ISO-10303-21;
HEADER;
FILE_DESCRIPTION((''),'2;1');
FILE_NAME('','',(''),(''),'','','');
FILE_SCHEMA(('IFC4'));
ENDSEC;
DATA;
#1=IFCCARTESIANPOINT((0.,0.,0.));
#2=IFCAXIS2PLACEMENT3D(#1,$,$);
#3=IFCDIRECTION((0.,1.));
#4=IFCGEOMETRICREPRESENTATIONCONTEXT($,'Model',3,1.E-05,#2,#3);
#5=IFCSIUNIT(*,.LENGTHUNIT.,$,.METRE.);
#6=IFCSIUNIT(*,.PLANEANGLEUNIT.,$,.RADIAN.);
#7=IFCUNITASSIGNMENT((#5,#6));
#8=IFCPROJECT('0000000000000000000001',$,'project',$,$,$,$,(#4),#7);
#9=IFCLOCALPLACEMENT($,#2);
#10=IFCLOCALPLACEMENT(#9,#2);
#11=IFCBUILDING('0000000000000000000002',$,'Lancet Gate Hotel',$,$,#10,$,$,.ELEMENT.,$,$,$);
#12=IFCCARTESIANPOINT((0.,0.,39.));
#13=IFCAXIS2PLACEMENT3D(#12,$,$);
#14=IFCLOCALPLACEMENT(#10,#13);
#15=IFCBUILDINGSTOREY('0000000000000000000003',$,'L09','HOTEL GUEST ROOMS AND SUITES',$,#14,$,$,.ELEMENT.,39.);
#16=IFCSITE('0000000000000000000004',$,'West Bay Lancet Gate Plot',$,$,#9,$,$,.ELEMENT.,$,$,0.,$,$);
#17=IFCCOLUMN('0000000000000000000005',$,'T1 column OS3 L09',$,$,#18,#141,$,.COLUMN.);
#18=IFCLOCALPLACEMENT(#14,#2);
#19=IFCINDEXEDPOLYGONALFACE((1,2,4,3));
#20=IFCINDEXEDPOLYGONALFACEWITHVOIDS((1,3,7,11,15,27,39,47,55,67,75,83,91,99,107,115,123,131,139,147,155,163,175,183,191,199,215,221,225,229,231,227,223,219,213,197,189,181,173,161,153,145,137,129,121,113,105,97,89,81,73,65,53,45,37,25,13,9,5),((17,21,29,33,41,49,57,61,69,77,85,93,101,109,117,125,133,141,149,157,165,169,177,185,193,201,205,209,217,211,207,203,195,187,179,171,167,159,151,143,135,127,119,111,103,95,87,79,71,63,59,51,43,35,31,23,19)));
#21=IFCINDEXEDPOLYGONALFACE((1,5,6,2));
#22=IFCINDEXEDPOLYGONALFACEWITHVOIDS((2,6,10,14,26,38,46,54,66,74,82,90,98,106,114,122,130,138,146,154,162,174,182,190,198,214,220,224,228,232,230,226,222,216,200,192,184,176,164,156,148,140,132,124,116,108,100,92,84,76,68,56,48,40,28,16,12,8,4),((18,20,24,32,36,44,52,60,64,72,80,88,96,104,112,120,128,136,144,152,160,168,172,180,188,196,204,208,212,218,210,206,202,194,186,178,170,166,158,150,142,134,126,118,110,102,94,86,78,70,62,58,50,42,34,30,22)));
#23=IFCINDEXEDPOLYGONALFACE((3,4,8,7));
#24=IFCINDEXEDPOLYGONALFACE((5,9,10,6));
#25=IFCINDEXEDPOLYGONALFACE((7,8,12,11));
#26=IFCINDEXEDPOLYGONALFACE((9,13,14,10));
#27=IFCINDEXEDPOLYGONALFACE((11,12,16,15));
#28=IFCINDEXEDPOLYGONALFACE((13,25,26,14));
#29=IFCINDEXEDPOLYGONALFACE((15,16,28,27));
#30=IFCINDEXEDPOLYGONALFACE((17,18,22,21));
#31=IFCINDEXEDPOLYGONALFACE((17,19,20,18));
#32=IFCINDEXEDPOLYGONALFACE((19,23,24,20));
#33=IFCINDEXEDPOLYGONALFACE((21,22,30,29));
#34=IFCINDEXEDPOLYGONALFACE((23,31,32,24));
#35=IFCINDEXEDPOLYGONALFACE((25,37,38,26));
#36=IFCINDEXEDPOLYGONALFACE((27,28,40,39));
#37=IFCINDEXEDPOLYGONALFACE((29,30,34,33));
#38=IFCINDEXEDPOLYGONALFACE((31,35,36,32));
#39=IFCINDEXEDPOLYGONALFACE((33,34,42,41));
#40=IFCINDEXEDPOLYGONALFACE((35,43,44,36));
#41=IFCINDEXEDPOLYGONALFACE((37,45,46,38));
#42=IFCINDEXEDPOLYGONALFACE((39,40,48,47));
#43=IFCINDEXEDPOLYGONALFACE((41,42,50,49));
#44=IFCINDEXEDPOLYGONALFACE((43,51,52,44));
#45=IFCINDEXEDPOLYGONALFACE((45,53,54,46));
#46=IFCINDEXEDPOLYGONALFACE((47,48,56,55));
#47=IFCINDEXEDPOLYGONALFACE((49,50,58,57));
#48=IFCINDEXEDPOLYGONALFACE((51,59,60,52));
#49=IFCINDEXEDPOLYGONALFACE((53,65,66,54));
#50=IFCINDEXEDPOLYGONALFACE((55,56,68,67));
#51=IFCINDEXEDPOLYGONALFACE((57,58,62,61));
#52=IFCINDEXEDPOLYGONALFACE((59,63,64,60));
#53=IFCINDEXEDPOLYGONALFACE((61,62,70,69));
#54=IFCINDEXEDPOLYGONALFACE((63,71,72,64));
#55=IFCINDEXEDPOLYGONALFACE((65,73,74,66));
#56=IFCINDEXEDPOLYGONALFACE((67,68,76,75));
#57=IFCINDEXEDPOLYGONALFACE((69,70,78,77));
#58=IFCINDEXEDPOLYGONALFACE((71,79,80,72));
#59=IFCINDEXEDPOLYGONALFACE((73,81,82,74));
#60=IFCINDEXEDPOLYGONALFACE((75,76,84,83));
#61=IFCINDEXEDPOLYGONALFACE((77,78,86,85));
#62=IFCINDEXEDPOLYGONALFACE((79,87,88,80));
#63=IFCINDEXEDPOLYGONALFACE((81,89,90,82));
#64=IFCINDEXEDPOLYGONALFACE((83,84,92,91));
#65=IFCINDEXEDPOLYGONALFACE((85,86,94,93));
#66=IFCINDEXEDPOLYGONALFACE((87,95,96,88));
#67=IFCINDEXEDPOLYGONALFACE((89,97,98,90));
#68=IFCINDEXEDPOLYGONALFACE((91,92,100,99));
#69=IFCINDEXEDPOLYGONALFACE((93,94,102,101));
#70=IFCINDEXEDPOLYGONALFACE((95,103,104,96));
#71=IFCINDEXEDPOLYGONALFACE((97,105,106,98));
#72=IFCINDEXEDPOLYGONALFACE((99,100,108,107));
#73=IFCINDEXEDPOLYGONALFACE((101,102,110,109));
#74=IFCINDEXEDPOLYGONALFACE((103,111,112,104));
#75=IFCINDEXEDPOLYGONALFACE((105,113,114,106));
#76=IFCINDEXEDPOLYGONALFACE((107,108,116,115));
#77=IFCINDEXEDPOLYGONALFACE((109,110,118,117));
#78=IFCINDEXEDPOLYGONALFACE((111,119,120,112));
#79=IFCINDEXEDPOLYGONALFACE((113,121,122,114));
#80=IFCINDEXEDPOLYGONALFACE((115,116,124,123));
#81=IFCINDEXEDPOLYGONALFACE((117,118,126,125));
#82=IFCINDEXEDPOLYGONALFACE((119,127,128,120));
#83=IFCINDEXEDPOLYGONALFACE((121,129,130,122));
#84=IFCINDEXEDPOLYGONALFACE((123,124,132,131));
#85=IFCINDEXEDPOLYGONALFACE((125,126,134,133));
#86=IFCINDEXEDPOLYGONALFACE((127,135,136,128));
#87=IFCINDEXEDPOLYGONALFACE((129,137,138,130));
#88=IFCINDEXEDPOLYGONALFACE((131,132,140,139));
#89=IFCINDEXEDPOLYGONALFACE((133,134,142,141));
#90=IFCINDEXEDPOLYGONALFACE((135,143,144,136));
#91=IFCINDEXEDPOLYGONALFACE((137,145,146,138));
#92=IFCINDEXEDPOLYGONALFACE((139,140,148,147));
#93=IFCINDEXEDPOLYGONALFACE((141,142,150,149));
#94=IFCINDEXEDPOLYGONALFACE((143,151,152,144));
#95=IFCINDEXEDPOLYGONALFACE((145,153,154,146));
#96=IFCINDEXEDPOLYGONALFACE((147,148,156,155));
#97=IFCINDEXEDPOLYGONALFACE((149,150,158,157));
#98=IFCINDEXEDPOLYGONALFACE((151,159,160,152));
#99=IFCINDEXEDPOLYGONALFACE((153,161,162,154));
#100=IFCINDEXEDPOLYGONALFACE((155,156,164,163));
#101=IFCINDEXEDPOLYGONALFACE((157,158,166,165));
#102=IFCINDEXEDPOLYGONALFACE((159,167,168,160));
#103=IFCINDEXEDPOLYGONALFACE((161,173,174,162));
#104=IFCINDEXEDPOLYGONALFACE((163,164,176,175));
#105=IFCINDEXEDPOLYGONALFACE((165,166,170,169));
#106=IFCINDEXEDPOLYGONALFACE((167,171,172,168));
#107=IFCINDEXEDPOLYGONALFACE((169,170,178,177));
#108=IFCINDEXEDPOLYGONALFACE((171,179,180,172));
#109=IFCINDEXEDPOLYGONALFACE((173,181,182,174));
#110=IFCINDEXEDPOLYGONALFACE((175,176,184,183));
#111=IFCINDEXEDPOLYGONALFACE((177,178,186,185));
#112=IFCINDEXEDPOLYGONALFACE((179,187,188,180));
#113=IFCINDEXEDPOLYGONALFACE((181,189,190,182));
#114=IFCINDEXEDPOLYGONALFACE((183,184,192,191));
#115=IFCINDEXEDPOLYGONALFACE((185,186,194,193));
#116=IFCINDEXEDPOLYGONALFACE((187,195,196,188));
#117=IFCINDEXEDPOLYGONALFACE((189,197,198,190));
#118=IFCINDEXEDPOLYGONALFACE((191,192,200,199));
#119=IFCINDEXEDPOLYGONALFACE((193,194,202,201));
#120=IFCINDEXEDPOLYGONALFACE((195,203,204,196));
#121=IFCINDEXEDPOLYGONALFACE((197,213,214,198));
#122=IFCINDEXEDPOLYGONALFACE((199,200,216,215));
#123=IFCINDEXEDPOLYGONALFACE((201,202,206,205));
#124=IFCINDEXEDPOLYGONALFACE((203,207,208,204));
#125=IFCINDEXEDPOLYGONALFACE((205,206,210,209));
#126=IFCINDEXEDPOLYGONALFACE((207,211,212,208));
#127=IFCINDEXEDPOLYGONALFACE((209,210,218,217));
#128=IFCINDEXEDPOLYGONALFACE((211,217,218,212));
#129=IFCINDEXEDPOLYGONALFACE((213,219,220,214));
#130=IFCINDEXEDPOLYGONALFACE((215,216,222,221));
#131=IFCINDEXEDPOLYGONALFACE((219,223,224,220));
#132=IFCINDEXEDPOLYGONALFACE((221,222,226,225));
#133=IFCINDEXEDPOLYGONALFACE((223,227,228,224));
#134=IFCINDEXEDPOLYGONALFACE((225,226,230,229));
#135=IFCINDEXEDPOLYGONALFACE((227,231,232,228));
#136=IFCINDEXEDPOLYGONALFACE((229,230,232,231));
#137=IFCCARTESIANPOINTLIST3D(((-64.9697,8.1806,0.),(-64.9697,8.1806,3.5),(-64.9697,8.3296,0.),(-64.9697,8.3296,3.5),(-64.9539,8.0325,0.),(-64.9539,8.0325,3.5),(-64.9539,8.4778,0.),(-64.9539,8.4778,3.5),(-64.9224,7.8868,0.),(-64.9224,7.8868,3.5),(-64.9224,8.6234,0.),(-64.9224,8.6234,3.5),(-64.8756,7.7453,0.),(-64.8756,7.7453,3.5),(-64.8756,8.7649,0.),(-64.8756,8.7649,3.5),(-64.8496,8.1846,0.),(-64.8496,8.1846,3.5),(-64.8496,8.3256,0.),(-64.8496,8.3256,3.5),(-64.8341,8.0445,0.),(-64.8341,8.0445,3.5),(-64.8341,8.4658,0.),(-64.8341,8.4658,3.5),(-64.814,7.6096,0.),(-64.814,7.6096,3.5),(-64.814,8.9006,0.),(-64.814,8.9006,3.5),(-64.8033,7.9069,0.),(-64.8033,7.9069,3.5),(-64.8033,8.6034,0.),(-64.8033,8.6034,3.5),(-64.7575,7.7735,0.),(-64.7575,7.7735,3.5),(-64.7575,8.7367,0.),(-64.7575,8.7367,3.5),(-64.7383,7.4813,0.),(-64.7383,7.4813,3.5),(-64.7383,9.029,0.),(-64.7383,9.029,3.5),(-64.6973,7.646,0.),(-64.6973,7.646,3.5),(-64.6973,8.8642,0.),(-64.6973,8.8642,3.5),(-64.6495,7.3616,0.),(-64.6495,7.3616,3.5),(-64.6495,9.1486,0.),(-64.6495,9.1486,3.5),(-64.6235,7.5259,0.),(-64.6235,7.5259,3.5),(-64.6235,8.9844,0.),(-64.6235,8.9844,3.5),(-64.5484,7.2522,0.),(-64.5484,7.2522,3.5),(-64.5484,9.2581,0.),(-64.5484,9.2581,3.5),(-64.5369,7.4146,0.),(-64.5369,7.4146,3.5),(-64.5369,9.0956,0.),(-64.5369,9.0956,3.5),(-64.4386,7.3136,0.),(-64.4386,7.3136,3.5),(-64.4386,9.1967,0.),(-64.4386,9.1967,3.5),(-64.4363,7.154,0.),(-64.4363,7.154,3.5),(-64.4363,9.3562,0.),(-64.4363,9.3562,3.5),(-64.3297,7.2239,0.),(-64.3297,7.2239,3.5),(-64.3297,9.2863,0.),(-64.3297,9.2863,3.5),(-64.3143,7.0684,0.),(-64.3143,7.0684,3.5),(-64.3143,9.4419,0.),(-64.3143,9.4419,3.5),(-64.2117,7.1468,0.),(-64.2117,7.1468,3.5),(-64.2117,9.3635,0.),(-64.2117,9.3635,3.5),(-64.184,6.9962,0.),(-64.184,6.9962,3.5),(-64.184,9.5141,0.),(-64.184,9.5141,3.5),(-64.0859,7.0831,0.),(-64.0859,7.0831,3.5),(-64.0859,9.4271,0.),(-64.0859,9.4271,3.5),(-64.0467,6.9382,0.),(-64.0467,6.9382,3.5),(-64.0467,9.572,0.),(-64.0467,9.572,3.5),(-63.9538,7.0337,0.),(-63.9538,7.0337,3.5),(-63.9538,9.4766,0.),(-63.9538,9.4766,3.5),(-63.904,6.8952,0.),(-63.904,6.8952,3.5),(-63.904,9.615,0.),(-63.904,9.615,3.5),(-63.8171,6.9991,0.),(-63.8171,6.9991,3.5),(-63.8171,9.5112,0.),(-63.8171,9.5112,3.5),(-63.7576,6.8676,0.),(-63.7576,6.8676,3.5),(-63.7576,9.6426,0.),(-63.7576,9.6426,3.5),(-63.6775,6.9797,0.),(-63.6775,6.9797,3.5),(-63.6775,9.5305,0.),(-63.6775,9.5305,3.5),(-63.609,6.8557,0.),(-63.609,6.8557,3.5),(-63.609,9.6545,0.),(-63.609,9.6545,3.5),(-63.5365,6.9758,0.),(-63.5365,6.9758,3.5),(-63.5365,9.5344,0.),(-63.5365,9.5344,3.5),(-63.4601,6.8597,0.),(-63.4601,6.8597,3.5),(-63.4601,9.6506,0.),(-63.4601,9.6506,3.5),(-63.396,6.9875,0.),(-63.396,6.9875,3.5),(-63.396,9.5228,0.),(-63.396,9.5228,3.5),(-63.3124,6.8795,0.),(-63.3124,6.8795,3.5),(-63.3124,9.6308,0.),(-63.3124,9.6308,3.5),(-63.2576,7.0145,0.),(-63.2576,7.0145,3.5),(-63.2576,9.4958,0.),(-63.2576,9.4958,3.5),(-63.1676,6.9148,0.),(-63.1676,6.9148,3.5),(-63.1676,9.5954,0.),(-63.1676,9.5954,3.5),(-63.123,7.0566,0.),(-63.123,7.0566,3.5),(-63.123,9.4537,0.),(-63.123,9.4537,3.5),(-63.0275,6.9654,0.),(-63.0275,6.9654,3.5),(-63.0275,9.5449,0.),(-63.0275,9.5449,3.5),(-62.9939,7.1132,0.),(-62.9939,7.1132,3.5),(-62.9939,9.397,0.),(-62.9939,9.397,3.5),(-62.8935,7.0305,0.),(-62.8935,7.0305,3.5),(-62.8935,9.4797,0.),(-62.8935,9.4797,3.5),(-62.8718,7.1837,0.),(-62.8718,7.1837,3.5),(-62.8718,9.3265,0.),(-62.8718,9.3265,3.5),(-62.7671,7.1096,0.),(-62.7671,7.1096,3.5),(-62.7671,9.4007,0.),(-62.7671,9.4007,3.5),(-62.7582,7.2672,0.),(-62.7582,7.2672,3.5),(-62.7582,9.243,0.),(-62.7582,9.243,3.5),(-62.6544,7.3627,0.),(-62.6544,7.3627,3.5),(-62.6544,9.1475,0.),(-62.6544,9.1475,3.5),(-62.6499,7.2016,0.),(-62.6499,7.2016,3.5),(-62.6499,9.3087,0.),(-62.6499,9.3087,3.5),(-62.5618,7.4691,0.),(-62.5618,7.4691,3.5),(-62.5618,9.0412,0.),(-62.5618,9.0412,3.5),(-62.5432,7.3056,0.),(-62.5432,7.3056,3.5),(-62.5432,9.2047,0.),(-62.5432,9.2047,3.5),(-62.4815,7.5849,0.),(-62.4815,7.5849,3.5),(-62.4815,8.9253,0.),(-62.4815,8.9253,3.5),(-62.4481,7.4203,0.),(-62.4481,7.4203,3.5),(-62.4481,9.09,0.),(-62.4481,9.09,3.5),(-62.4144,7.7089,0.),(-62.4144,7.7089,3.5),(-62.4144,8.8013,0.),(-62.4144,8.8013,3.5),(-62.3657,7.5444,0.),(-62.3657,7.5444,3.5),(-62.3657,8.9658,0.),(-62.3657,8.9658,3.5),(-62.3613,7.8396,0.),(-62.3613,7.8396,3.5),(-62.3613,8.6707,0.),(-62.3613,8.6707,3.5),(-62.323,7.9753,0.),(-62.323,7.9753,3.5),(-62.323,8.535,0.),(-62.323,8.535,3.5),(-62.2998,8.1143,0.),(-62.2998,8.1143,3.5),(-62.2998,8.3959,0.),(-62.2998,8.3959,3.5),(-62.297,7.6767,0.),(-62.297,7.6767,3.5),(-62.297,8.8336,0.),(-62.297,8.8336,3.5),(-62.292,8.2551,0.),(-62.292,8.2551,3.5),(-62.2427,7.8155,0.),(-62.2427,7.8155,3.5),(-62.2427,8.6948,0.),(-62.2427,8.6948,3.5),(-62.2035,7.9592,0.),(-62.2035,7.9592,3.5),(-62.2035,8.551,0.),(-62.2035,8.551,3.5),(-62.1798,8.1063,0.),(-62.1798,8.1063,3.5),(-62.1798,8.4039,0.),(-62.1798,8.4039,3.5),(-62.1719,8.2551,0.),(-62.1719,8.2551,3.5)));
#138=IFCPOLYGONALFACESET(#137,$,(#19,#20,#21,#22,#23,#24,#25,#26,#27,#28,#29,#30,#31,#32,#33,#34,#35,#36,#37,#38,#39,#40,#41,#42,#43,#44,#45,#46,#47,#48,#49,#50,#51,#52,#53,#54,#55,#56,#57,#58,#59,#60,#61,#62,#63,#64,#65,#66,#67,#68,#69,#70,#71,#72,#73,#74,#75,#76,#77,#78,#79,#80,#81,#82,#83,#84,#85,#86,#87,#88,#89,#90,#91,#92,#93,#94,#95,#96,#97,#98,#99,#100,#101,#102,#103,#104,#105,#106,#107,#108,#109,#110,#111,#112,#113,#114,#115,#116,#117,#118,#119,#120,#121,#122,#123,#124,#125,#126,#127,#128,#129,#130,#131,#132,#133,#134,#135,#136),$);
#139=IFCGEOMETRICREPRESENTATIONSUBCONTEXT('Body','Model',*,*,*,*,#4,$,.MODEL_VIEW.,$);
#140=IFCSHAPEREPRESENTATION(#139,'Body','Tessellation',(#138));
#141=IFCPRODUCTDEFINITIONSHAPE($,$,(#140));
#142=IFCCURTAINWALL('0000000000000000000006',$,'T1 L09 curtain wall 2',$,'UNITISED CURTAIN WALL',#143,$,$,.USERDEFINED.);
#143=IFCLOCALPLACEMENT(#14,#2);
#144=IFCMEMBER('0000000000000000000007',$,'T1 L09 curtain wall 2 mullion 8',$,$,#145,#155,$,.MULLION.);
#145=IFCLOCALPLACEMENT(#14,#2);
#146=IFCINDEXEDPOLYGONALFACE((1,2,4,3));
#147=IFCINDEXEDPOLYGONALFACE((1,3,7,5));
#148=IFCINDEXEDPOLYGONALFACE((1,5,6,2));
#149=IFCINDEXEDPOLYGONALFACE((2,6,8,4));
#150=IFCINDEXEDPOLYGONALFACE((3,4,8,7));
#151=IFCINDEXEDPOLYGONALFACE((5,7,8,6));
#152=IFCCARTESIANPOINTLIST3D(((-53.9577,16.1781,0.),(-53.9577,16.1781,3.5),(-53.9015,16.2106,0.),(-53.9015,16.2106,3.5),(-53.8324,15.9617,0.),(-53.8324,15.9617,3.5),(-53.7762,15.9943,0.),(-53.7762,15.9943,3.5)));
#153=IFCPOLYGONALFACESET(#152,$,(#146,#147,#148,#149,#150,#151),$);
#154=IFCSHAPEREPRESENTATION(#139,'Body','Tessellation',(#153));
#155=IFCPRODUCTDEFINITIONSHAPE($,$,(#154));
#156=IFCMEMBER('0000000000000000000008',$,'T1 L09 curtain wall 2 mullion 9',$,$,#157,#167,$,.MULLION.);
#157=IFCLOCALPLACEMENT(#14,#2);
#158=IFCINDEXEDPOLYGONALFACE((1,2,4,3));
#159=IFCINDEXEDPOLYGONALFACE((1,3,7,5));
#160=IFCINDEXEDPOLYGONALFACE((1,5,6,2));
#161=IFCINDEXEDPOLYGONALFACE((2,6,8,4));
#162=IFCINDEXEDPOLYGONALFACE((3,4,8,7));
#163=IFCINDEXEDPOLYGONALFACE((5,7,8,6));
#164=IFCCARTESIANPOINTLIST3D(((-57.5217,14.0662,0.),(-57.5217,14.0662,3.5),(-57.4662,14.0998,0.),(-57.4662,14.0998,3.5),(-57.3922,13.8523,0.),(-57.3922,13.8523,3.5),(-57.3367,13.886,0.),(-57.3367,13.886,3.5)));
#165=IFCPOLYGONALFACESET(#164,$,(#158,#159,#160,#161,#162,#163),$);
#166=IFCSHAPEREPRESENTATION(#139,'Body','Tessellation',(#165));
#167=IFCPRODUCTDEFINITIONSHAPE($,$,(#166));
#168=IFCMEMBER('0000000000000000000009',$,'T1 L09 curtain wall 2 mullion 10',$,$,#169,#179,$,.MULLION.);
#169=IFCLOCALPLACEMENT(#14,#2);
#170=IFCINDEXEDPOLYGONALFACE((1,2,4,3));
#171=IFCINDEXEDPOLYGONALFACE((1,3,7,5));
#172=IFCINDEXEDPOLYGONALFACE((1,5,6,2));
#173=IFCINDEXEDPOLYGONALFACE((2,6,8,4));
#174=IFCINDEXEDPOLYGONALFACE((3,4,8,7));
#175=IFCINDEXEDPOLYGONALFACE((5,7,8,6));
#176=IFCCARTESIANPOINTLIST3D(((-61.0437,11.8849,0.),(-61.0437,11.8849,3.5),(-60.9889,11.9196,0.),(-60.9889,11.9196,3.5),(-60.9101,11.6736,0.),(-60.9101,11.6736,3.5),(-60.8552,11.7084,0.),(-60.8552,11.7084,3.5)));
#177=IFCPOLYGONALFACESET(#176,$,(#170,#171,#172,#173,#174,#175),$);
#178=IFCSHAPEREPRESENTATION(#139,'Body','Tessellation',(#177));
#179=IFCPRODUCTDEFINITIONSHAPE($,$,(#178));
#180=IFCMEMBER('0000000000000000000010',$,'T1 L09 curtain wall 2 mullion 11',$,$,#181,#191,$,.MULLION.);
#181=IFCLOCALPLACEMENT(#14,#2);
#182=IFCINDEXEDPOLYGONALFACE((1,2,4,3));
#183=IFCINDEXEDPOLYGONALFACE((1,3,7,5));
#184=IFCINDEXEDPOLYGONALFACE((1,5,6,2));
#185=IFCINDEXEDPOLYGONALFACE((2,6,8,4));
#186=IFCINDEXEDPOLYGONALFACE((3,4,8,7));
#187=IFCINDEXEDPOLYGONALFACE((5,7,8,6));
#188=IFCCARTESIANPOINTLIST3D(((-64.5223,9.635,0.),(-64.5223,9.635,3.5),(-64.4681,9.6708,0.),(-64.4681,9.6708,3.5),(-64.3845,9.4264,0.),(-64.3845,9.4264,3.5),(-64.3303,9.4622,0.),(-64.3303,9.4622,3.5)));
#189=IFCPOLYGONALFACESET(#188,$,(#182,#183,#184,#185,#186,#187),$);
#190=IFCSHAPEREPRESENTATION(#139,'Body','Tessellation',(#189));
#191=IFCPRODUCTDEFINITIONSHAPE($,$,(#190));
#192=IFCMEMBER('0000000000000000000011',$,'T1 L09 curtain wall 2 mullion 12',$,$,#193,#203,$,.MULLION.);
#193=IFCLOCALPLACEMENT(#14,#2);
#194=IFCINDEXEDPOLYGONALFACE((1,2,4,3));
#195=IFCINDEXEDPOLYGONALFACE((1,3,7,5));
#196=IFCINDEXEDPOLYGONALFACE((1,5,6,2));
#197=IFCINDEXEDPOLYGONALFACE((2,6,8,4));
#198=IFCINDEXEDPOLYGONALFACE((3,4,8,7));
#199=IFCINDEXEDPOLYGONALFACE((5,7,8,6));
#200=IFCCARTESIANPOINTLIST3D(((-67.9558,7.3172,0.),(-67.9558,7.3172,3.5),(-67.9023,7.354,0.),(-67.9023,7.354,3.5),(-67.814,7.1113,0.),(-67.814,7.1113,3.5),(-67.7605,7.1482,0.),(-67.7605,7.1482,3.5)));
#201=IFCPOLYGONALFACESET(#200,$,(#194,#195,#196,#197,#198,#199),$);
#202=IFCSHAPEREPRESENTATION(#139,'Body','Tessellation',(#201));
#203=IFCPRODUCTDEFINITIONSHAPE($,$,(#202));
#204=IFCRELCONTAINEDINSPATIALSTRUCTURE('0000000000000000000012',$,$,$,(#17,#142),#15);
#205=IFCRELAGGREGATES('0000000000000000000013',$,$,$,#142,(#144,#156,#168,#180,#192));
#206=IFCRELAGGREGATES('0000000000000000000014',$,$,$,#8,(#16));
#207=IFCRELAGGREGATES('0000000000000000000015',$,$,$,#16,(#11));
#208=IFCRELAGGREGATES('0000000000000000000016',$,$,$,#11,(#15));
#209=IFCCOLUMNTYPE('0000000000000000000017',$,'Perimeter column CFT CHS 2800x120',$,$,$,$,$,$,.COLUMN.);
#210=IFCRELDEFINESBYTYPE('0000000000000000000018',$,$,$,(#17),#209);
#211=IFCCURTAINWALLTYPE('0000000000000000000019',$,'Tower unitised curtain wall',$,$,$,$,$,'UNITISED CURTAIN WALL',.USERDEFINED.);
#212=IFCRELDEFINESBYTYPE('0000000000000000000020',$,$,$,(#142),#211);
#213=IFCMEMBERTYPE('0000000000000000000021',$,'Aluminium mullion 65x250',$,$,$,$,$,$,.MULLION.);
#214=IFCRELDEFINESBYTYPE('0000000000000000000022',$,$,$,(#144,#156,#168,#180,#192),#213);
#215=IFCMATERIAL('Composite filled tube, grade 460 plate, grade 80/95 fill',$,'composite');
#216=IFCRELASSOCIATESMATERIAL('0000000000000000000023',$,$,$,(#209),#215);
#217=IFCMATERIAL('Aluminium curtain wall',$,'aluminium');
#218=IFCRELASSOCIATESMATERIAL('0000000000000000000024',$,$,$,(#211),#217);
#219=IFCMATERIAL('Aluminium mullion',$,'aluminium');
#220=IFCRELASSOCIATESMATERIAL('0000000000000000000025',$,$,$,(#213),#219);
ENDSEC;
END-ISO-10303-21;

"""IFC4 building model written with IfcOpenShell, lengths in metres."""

from ifc_helpers import new_model, si_unit, direction, frame, origin, origin_2d, place, context, subcontext, project, spatial, rectangle, hollow_circle, extrude, material, material_profile, profile_set, type_object, element, aggregate, save


model = new_model("IFC4")

# Units and contexts
model_context = context("Model", 3, precision=1e-05, world=origin(), true_north=direction((0.0, 1.0)))
body_context = subcontext(model_context, "Body", "Model", "MODEL_VIEW")
ifc_project = project(units=[si_unit("LENGTHUNIT", "METRE"), si_unit("PLANEANGLEUNIT", "RADIAN")], contexts=[model_context])

# Site, building, storey
site_placement = place(None, origin())
site = spatial("IfcSite", under=ifc_project, at=site_placement, Name="West Bay Lancet Gate Plot", CompositionType="ELEMENT", RefElevation=0.0)
building_placement = place(site_placement, origin())
building = spatial("IfcBuilding", under=site, at=building_placement, Name="Lancet Gate Hotel", CompositionType="ELEMENT")
storey_placement = place(building_placement, frame((0.0, 0.0, 39.0)))
storey = spatial("IfcBuildingStorey", under=building, at=storey_placement, Name="L09", Description="HOTEL GUEST ROOMS AND SUITES", CompositionType="ELEMENT", Elevation=39.0)

# Column
ifc_material_1 = material(Name="Composite filled tube, grade 460 plate, grade 80/95 fill", Category="composite")
ifc_material_profile_1 = material_profile(ifc_material_1, hollow_circle(Radius=1.3999, WallThickness=0.1201, at=origin_2d()), Name="CHS 2800x120")
ifc_profile_set_1 = profile_set([ifc_material_profile_1], Name="Composite filled tube, grade 460 plate, grade 80/95 fill")
column_type = type_object("IfcColumnType", Name="Perimeter column CFT CHS 2800x120", PredefinedType="COLUMN", material=ifc_profile_set_1)
column_placement = place(storey_placement, frame((-63.5718, 8.2551, 0.0), z_axis=(0.0, 0.0, 1.0), x_axis=(1.0, 0.0, 0.0)))
element("IfcColumn", 1, at=column_placement, inside=storey, type_object=column_type, Name="T1 column OS3 L09", PredefinedType="COLUMN", context=body_context, shape_type="SweptSolid", body=[
    extrude(hollow_circle(Radius=1.3999, WallThickness=0.1201, at=origin_2d()), origin(), (0.0, 0.0, 1.0), 3.5),
])

# Curtain wall, members
ifc_material_2 = material(Name="Aluminium curtain wall", Category="aluminium")
curtain_wall_type = type_object("IfcCurtainWallType", Name="Tower unitised curtain wall", ElementType="UNITISED CURTAIN WALL", PredefinedType="USERDEFINED", material=ifc_material_2)
curtain_wall_placement = place(storey_placement, origin())
curtain_wall = element("IfcCurtainWall", 2, at=curtain_wall_placement, inside=storey, type_object=curtain_wall_type, Name="T1 L09 curtain wall 2", ObjectType="UNITISED CURTAIN WALL", PredefinedType="USERDEFINED")
ifc_material_3 = material(Name="Aluminium mullion", Category="aluminium")
ifc_material_profile_2 = material_profile(ifc_material_3, rectangle(XDim=0.0649, YDim=0.25, at=origin_2d()), Name="MULLION 65x250")
ifc_profile_set_2 = profile_set([ifc_material_profile_2], Name="Aluminium mullion")
member_type_1 = type_object("IfcMemberType", Name="Aluminium mullion 65x250", PredefinedType="MULLION", material=ifc_profile_set_2)
member_1_placement = place(storey_placement, frame((-53.8669, 16.0862, 0.0), z_axis=(0.0, 0.0, 1.0), x_axis=(-0.865335, -0.501194, 0.0)))
member_1 = element("IfcMember", 3, at=member_1_placement, type_object=member_type_1, Name="T1 L09 curtain wall 2 mullion 8", PredefinedType="MULLION", context=body_context, shape_type="SweptSolid", body=[
    extrude(rectangle(XDim=0.0649, YDim=0.25, at=origin_2d()), origin(), (0.0, 0.0, 1.0), 3.5),
])
member_2_placement = place(storey_placement, frame((-57.4292, 13.9761, 0.0), z_axis=(0.0, 0.0, 1.0), x_axis=(-0.855346, -0.518057, 0.0)))
member_2 = element("IfcMember", 4, at=member_2_placement, type_object=member_type_1, Name="T1 L09 curtain wall 2 mullion 9", PredefinedType="MULLION", context=body_context, shape_type="SweptSolid", body=[
    extrude(rectangle(XDim=0.0649, YDim=0.25, at=origin_2d()), origin(), (0.0, 0.0, 1.0), 3.5),
])
member_3_placement = place(storey_placement, frame((-60.9495, 11.7966, 0.0), z_axis=(0.0, 0.0, 1.0), x_axis=(-0.845029, -0.53472, 0.0)))
member_3 = element("IfcMember", 5, at=member_3_placement, type_object=member_type_1, Name="T1 L09 curtain wall 2 mullion 10", PredefinedType="MULLION", context=body_context, shape_type="SweptSolid", body=[
    extrude(rectangle(XDim=0.0649, YDim=0.25, at=origin_2d()), origin(), (0.0, 0.0, 1.0), 3.5),
])
member_4_placement = place(storey_placement, frame((-64.4263, 9.5486, 0.0), z_axis=(0.0, 0.0, 1.0), x_axis=(-0.834387, -0.551178, 0.0)))
member_4 = element("IfcMember", 6, at=member_4_placement, type_object=member_type_1, Name="T1 L09 curtain wall 2 mullion 11", PredefinedType="MULLION", context=body_context, shape_type="SweptSolid", body=[
    extrude(rectangle(XDim=0.0649, YDim=0.25, at=origin_2d()), origin(), (0.0, 0.0, 1.0), 3.5),
])
member_5_placement = place(storey_placement, frame((-67.8582, 7.2327, 0.0), z_axis=(0.0, 0.0, 1.0), x_axis=(-0.823425, -0.567425, 0.0)))
member_5 = element("IfcMember", 7, at=member_5_placement, type_object=member_type_1, Name="T1 L09 curtain wall 2 mullion 12", PredefinedType="MULLION", context=body_context, shape_type="SweptSolid", body=[
    extrude(rectangle(XDim=0.0649, YDim=0.25, at=origin_2d()), origin(), (0.0, 0.0, 1.0), 3.5),
])

aggregate(curtain_wall, [member_1, member_2, member_3, member_4, member_5])

save(model, "model.ifc")
